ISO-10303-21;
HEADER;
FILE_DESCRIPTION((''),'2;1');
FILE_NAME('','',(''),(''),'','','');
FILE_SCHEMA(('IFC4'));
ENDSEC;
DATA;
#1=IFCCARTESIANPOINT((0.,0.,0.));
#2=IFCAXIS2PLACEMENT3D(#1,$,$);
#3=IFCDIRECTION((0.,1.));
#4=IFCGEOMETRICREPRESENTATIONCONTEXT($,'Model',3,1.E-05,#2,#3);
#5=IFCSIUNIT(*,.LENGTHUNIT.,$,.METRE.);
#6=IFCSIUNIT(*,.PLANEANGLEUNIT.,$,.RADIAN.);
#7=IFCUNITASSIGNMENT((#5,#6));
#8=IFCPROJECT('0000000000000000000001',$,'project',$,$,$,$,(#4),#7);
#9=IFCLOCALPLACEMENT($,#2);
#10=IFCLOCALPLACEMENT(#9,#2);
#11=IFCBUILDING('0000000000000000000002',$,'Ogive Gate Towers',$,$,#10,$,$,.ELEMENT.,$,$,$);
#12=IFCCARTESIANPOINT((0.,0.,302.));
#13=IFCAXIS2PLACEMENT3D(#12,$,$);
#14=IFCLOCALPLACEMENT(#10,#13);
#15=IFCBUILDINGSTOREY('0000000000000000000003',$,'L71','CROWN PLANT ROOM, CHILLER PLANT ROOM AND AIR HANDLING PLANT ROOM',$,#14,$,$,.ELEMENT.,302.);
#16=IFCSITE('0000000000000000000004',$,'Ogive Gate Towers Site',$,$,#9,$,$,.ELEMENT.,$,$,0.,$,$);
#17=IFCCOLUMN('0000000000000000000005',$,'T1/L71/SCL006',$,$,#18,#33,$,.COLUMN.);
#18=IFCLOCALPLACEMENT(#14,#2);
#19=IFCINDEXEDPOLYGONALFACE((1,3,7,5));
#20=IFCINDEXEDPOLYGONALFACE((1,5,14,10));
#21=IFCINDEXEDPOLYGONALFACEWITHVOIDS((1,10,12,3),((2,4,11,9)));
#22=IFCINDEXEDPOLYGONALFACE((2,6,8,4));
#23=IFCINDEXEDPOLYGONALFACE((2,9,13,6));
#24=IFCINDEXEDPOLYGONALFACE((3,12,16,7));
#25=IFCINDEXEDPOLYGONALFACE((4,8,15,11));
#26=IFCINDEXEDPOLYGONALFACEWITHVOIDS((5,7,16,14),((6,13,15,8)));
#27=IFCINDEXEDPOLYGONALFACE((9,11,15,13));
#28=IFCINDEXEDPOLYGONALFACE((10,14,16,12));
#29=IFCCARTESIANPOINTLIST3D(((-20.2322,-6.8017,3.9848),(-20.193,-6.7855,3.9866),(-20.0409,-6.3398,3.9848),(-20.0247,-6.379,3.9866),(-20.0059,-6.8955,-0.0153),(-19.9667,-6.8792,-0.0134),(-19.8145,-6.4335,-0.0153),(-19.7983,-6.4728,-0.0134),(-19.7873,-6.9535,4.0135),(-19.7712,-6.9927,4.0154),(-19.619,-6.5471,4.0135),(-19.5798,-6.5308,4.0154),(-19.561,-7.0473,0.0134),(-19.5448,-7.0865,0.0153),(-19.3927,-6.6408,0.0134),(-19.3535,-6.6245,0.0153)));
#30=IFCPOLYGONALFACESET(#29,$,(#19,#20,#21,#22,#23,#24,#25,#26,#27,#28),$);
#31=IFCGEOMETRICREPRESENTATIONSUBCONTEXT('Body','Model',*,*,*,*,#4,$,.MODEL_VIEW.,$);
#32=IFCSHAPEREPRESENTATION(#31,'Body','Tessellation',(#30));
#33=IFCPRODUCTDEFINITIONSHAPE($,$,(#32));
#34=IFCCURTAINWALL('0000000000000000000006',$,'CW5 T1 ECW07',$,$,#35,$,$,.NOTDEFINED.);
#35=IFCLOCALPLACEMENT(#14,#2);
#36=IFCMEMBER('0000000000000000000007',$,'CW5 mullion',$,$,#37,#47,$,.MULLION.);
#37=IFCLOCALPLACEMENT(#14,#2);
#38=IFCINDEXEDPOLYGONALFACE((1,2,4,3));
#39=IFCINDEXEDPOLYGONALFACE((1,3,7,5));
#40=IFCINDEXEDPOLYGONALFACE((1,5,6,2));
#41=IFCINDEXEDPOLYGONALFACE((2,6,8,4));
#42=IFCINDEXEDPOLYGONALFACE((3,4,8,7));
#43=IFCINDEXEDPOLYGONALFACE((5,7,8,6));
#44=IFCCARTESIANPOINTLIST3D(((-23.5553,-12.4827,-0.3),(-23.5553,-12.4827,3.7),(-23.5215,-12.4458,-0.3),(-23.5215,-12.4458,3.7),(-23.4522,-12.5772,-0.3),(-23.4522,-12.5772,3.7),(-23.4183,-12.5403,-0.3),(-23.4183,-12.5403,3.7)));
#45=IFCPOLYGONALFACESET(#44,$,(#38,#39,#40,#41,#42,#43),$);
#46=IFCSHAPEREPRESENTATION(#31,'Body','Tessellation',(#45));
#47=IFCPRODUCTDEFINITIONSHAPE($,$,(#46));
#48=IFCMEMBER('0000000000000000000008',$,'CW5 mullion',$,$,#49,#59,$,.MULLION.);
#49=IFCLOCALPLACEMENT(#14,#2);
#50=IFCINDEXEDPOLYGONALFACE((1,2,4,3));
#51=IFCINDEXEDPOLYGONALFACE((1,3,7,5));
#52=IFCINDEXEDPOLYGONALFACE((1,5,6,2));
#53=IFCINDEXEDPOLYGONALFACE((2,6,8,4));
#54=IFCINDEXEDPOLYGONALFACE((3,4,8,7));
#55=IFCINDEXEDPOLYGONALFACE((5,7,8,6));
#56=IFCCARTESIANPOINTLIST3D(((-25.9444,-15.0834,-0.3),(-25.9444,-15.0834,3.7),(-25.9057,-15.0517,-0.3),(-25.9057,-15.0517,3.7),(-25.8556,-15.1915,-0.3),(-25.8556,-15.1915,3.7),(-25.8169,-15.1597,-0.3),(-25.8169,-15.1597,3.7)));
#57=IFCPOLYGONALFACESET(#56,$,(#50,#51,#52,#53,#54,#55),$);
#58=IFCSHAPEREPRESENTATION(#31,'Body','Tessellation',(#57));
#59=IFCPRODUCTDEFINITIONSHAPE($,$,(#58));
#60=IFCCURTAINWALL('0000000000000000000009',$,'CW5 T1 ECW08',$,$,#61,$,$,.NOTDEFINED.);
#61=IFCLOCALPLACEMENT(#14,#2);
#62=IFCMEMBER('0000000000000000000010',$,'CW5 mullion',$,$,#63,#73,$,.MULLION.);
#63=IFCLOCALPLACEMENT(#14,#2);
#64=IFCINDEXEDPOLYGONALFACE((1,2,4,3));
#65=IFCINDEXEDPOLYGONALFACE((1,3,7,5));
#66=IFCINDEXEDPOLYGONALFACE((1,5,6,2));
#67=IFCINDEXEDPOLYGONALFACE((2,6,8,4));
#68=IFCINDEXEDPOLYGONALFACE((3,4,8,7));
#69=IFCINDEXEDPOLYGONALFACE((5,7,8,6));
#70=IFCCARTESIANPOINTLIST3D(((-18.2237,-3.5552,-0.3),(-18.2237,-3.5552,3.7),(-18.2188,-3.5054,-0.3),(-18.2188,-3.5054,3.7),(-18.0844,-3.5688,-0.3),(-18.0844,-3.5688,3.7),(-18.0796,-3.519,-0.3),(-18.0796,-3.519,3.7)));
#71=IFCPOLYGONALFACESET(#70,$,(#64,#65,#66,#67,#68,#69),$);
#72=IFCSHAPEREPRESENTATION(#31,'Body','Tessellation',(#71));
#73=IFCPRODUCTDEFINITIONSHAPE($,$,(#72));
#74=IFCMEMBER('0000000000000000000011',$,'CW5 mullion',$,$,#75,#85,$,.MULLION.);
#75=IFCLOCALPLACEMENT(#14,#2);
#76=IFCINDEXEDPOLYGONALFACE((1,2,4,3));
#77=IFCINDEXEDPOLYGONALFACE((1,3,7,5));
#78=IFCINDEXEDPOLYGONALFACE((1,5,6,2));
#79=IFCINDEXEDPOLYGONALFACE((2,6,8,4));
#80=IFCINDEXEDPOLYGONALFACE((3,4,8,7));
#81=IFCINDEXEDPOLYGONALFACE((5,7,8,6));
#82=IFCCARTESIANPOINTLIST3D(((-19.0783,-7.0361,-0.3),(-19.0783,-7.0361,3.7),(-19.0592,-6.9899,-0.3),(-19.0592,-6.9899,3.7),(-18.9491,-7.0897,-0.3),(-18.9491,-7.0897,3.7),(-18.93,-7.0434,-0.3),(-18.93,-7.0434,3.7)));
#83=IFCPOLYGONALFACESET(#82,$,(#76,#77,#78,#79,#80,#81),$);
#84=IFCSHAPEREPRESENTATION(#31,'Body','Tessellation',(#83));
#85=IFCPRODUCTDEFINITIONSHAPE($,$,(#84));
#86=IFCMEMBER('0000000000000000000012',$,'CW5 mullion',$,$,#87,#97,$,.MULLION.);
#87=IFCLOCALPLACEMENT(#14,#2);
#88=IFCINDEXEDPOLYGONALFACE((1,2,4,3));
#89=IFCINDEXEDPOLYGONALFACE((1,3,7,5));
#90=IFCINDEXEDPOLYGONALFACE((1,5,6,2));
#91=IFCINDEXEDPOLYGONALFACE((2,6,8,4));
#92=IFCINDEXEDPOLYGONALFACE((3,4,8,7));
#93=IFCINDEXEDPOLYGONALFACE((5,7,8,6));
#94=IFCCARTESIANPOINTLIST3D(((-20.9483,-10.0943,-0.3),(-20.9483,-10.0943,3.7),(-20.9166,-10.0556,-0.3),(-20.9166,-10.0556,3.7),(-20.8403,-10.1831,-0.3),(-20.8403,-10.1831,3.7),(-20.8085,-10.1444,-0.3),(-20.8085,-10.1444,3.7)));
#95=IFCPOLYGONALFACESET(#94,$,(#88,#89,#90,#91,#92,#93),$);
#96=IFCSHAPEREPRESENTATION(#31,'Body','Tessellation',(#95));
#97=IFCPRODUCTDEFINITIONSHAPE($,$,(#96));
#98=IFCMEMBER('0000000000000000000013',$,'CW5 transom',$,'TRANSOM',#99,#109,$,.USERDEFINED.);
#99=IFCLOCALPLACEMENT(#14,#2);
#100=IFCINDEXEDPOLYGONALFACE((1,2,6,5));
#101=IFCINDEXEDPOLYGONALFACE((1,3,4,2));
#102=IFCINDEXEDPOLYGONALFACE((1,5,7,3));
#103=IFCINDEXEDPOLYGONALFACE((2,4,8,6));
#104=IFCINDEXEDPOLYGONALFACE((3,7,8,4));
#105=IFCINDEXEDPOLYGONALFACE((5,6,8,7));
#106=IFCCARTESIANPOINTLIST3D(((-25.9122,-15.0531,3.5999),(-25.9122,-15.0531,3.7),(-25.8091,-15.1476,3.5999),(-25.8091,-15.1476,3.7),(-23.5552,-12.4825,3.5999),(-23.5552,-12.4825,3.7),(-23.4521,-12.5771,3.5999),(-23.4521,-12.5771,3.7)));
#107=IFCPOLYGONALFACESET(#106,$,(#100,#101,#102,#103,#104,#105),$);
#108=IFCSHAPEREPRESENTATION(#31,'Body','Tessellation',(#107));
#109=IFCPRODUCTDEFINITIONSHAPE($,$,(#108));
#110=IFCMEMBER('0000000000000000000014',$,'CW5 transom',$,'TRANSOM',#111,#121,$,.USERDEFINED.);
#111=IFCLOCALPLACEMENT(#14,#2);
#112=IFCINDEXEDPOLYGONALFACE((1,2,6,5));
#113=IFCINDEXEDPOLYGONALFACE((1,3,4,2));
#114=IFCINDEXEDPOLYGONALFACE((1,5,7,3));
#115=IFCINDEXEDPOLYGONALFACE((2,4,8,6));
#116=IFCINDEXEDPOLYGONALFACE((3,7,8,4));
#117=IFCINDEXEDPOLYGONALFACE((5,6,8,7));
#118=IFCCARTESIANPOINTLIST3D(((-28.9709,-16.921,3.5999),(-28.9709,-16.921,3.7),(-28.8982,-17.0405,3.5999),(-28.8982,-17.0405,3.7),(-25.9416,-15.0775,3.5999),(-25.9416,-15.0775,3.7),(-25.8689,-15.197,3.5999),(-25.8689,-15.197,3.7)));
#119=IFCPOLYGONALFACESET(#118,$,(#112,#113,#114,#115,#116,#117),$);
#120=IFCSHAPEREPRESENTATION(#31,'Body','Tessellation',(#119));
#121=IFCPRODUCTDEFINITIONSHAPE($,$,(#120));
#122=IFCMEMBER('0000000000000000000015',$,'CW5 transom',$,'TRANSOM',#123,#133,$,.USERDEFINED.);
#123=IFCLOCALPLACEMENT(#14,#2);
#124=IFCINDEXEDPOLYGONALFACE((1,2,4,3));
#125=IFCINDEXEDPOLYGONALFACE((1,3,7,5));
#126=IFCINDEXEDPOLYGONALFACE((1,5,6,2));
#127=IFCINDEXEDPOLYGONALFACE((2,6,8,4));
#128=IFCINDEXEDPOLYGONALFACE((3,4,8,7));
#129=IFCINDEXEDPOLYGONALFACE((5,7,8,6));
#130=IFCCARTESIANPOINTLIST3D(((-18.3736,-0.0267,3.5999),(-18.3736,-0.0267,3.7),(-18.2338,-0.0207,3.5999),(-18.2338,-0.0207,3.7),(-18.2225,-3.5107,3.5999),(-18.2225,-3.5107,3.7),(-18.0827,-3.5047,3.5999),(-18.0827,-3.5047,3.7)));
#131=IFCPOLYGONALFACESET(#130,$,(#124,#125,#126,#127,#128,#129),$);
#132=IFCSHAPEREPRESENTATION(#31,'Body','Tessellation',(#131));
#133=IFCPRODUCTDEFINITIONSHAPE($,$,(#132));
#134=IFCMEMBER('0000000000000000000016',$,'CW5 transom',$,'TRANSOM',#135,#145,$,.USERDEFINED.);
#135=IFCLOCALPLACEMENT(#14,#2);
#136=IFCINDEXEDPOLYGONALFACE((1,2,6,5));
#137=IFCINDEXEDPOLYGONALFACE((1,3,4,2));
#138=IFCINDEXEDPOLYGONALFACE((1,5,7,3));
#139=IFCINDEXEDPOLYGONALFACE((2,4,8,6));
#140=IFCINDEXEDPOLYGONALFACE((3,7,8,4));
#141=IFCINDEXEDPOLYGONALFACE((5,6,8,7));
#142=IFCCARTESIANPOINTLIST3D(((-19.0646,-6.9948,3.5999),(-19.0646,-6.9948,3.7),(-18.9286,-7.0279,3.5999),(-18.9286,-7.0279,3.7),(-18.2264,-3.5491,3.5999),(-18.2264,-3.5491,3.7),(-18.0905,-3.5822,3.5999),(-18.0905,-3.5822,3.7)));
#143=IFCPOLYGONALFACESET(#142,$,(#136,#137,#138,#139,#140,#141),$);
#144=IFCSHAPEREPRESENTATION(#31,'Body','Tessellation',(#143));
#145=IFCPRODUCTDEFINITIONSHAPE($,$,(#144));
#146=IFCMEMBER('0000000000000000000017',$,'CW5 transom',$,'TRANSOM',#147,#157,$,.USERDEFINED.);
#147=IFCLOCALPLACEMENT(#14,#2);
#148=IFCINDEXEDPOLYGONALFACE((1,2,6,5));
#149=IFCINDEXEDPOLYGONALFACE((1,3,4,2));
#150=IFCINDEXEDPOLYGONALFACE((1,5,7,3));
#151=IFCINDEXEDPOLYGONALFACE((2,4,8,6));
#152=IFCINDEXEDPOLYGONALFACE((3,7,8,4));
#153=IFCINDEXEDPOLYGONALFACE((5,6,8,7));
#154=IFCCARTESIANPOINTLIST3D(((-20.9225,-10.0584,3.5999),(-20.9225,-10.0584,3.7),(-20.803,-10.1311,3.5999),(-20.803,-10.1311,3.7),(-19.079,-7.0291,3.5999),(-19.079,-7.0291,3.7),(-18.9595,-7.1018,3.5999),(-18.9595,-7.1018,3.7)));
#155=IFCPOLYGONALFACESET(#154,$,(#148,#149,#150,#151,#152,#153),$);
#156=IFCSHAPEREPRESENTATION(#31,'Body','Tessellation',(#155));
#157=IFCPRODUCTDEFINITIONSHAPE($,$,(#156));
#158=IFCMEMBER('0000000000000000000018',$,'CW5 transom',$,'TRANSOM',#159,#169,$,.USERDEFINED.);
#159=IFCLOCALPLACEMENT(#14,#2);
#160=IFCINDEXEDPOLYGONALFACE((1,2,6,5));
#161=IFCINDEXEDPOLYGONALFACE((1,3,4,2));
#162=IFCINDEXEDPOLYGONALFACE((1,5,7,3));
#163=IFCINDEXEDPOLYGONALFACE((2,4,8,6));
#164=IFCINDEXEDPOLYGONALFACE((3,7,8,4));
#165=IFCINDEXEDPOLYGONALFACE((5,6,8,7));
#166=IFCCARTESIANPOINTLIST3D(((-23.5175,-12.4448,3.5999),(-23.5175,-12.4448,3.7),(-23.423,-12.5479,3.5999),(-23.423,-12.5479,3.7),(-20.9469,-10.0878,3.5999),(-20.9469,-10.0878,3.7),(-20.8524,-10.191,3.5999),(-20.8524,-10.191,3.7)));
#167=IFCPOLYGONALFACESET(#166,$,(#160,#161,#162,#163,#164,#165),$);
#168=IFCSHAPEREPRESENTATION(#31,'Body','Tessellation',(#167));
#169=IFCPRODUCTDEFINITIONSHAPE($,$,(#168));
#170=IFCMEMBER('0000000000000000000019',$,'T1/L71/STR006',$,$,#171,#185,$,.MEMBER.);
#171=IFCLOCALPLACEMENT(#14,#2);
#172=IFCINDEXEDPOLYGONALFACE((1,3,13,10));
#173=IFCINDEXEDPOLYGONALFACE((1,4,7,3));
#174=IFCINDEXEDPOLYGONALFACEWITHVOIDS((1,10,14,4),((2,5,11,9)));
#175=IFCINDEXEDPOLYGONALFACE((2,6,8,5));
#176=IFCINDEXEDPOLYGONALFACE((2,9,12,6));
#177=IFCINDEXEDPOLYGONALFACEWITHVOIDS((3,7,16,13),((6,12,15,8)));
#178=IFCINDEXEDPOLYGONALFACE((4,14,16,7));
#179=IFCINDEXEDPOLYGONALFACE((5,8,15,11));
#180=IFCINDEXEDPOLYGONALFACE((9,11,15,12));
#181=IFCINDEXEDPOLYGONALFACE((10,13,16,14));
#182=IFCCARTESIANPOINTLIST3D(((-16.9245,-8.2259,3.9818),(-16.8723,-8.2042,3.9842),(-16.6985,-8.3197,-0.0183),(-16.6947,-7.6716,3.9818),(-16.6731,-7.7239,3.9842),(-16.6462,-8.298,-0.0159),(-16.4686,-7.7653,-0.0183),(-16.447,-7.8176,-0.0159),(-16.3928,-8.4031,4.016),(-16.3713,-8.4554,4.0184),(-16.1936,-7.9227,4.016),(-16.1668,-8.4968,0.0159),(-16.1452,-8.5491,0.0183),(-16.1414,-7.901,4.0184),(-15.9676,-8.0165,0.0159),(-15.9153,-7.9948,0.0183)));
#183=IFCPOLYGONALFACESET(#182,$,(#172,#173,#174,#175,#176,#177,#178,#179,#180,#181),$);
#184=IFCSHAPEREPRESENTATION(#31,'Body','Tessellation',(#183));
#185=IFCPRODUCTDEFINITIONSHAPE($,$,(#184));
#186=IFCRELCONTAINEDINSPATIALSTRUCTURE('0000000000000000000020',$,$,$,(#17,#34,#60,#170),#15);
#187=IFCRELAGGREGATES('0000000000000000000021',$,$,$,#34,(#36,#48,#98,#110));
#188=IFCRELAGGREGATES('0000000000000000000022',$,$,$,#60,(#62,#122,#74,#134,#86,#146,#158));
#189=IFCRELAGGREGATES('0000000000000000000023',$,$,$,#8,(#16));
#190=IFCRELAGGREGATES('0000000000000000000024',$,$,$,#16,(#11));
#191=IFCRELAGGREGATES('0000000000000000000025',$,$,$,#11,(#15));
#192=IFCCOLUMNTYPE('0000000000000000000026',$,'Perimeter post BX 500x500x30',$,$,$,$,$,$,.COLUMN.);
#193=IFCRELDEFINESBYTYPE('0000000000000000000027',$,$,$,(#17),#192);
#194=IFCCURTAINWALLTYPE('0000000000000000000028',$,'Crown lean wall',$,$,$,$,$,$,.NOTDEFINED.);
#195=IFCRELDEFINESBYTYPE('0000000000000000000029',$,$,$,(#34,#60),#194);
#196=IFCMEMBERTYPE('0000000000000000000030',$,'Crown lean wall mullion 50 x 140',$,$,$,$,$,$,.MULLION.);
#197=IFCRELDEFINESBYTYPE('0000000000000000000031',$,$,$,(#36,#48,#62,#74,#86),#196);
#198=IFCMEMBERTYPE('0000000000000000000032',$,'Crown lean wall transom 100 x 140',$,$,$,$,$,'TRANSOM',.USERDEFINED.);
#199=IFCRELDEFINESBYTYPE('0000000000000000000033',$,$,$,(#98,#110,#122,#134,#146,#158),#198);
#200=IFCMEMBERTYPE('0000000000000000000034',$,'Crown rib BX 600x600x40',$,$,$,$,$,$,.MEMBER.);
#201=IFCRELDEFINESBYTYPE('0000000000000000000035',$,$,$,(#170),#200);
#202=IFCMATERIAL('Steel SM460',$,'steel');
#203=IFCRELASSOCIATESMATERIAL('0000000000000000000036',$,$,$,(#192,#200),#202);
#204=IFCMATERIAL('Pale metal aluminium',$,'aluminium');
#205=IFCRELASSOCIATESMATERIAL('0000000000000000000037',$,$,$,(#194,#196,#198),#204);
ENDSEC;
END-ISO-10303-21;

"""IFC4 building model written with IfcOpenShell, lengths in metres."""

from ifc_helpers import new_model, si_unit, direction, frame, origin, origin_2d, place, context, subcontext, project, spatial, rectangle, hollow_rectangle, extrude, material, material_profile, profile_set, type_object, element, aggregate, save


model = new_model("IFC4")

# Units and contexts
model_context = context("Model", 3, precision=1e-05, world=origin(), true_north=direction((0.0, 1.0)))
body_context = subcontext(model_context, "Body", "Model", "MODEL_VIEW")
ifc_project = project(units=[si_unit("LENGTHUNIT", "METRE"), si_unit("PLANEANGLEUNIT", "RADIAN")], contexts=[model_context])

# Site, building, storey
site_placement = place(None, origin())
site = spatial("IfcSite", under=ifc_project, at=site_placement, Name="Ogive Gate Towers Site", CompositionType="ELEMENT", RefElevation=0.0)
building_placement = place(site_placement, origin())
building = spatial("IfcBuilding", under=site, at=building_placement, Name="Ogive Gate Towers", CompositionType="ELEMENT")
storey_placement = place(building_placement, frame((0.0, 0.0, 302.0)))
storey = spatial("IfcBuildingStorey", under=building, at=storey_placement, Name="L71", Description="CROWN PLANT ROOM, CHILLER PLANT ROOM AND AIR HANDLING PLANT ROOM", CompositionType="ELEMENT", Elevation=302.0)

# Column
ifc_material_1 = material(Name="Steel SM460", Category="steel")
ifc_material_profile_1 = material_profile(ifc_material_1, hollow_rectangle(XDim=0.5, YDim=0.5, WallThickness=0.03, at=origin_2d()), Name="BX 500x500x30")
ifc_profile_set_1 = profile_set([ifc_material_profile_1], Name="Steel SM460")
column_type = type_object("IfcColumnType", Name="Perimeter post BX 500x500x30", PredefinedType="COLUMN", material=ifc_profile_set_1)
column_placement = place(storey_placement, frame((-19.6797, -6.76, 0.0), z_axis=(-0.056474, 0.023394, 0.99813), x_axis=(-0.382704, -0.923871, 0.0)))
element("IfcColumn", 1, at=column_placement, inside=storey, type_object=column_type, Name="T1/L71/SCL006", PredefinedType="COLUMN", context=body_context, shape_type="SweptSolid", body=[
    extrude(hollow_rectangle(XDim=0.5, YDim=0.5, WallThickness=0.03, at=origin_2d()), origin(), (0.0, 0.0, 1.0), 4.0076),
])

# Curtain walls, members
ifc_material_2 = material(Name="Pale metal aluminium", Category="aluminium")
curtain_wall_type = type_object("IfcCurtainWallType", Name="Crown lean wall", PredefinedType="NOTDEFINED", material=ifc_material_2)
curtain_wall_1_placement = place(storey_placement, origin())
curtain_wall_1 = element("IfcCurtainWall", 2, at=curtain_wall_1_placement, inside=storey, type_object=curtain_wall_type, Name="CW5 T1 ECW07", PredefinedType="NOTDEFINED")
ifc_material_profile_2 = material_profile(ifc_material_2, rectangle(XDim=0.1399, YDim=0.05, at=origin_2d()), Name="50 x 140 aluminium box")
ifc_profile_set_2 = profile_set([ifc_material_profile_2], Name="Pale metal aluminium")
member_type_1 = type_object("IfcMemberType", Name="Crown lean wall mullion 50 x 140", PredefinedType="MULLION", material=ifc_profile_set_2)
member_1_placement = place(storey_placement, frame((-23.4868, -12.5115, -0.3), z_axis=(0.0, 0.0, 1.0), x_axis=(-0.737089, 0.675796, 0.0)))
member_1 = element("IfcMember", 3, at=member_1_placement, type_object=member_type_1, Name="CW5 mullion", PredefinedType="MULLION", context=body_context, shape_type="SweptSolid", body=[
    extrude(rectangle(XDim=0.1399, YDim=0.05, at=origin_2d()), origin(), (0.0, 0.0, 1.0), 4.0),
])
member_2_placement = place(storey_placement, frame((-25.8806, -15.1216, -0.3), z_axis=(0.0, 0.0, 1.0), x_axis=(-0.634784, 0.772689, 0.0)))
member_2 = element("IfcMember", 4, at=member_2_placement, type_object=member_type_1, Name="CW5 mullion", PredefinedType="MULLION", context=body_context, shape_type="SweptSolid", body=[
    extrude(rectangle(XDim=0.1399, YDim=0.05, at=origin_2d()), origin(), (0.0, 0.0, 1.0), 4.0),
])
curtain_wall_2_placement = place(storey_placement, origin())
curtain_wall_2 = element("IfcCurtainWall", 5, at=curtain_wall_2_placement, inside=storey, type_object=curtain_wall_type, Name="CW5 T1 ECW08", PredefinedType="NOTDEFINED")
member_3_placement = place(storey_placement, frame((-18.1516, -3.5371, -0.3), z_axis=(0.0, 0.0, 1.0), x_axis=(-0.995234, 0.097513, 0.0)))
member_3 = element("IfcMember", 6, at=member_3_placement, type_object=member_type_1, Name="CW5 mullion", PredefinedType="MULLION", context=body_context, shape_type="SweptSolid", body=[
    extrude(rectangle(XDim=0.1399, YDim=0.05, at=origin_2d()), origin(), (0.0, 0.0, 1.0), 4.0),
])
member_4_placement = place(storey_placement, frame((-19.0042, -7.0398, -0.3), z_axis=(0.0, 0.0, 1.0), x_axis=(-0.92388, 0.382683, 0.0)))
member_4 = element("IfcMember", 7, at=member_4_placement, type_object=member_type_1, Name="CW5 mullion", PredefinedType="MULLION", context=body_context, shape_type="SweptSolid", body=[
    extrude(rectangle(XDim=0.1399, YDim=0.05, at=origin_2d()), origin(), (0.0, 0.0, 1.0), 4.0),
])
member_5_placement = place(storey_placement, frame((-20.8784, -10.1194, -0.3), z_axis=(0.0, 0.0, 1.0), x_axis=(-0.772689, 0.634784, 0.0)))
member_5 = element("IfcMember", 8, at=member_5_placement, type_object=member_type_1, Name="CW5 mullion", PredefinedType="MULLION", context=body_context, shape_type="SweptSolid", body=[
    extrude(rectangle(XDim=0.1399, YDim=0.05, at=origin_2d()), origin(), (0.0, 0.0, 1.0), 4.0),
])

# Members
ifc_material_profile_3 = material_profile(ifc_material_2, rectangle(XDim=0.1399, YDim=0.1001, at=origin_2d()), Name="100 x 140 aluminium box")
ifc_profile_set_3 = profile_set([ifc_material_profile_3], Name="Pale metal aluminium")
member_type_2 = type_object("IfcMemberType", Name="Crown lean wall transom 100 x 140", ElementType="TRANSOM", PredefinedType="USERDEFINED", material=ifc_profile_set_3)
member_6_placement = place(storey_placement, frame((-23.5037, -12.5298, 3.6499), z_axis=(-0.675817, -0.73707, 0.0), x_axis=(0.73707, -0.675817, 0.0)))
member_6 = element("IfcMember", 9, at=member_6_placement, type_object=member_type_2, Name="CW5 transom", ObjectType="TRANSOM", PredefinedType="USERDEFINED", context=body_context, shape_type="SweptSolid", body=[
    extrude(rectangle(XDim=0.1399, YDim=0.1001, at=origin_2d()), origin(), (0.0, 0.0, 1.0), 3.4875),
])
member_7_placement = place(storey_placement, frame((-25.9053, -15.1372, 3.6499), z_axis=(-0.85425, -0.519862, 0.0), x_axis=(0.519862, -0.85425, 0.0)))
member_7 = element("IfcMember", 10, at=member_7_placement, type_object=member_type_2, Name="CW5 transom", ObjectType="TRANSOM", PredefinedType="USERDEFINED", context=body_context, shape_type="SweptSolid", body=[
    extrude(rectangle(XDim=0.1399, YDim=0.1001, at=origin_2d()), origin(), (0.0, 0.0, 1.0), 3.5461),
])
member_8_placement = place(storey_placement, frame((-18.3037, -0.0237, 3.6499), z_axis=(0.043334, -0.999061, 0.0), x_axis=(0.999061, 0.043334, 0.0)))
member_8 = element("IfcMember", 11, at=member_8_placement, type_object=member_type_2, Name="CW5 transom", ObjectType="TRANSOM", PredefinedType="USERDEFINED", context=body_context, shape_type="SweptSolid", body=[
    extrude(rectangle(XDim=0.1399, YDim=0.1001, at=origin_2d()), origin(), (0.0, 0.0, 1.0), 3.4873),
])
member_9_placement = place(storey_placement, frame((-18.1584, -3.5657, 3.6499), z_axis=(-0.236359, -0.971666, 0.0), x_axis=(0.971666, -0.236359, 0.0)))
member_9 = element("IfcMember", 12, at=member_9_placement, type_object=member_type_2, Name="CW5 transom", ObjectType="TRANSOM", PredefinedType="USERDEFINED", context=body_context, shape_type="SweptSolid", body=[
    extrude(rectangle(XDim=0.1399, YDim=0.1001, at=origin_2d()), origin(), (0.0, 0.0, 1.0), 3.5461),
])
member_10_placement = place(storey_placement, frame((-19.0193, -7.0654, 3.6499), z_axis=(-0.519862, -0.85425, 0.0), x_axis=(0.85425, -0.519862, 0.0)))
member_10 = element("IfcMember", 13, at=member_10_placement, type_object=member_type_2, Name="CW5 transom", ObjectType="TRANSOM", PredefinedType="USERDEFINED", context=body_context, shape_type="SweptSolid", body=[
    extrude(rectangle(XDim=0.1399, YDim=0.1001, at=origin_2d()), origin(), (0.0, 0.0, 1.0), 3.5461),
])
member_11_placement = place(storey_placement, frame((-20.8997, -10.1394, 3.6499), z_axis=(-0.73707, -0.675817, 0.0), x_axis=(0.675817, -0.73707, 0.0)))
member_11 = element("IfcMember", 14, at=member_11_placement, type_object=member_type_2, Name="CW5 transom", ObjectType="TRANSOM", PredefinedType="USERDEFINED", context=body_context, shape_type="SweptSolid", body=[
    extrude(rectangle(XDim=0.1399, YDim=0.1001, at=origin_2d()), origin(), (0.0, 0.0, 1.0), 3.4875),
])
ifc_material_profile_4 = material_profile(ifc_material_1, hollow_rectangle(XDim=0.6001, YDim=0.6001, WallThickness=0.04, at=origin_2d()), Name="BX 600x600x40")
ifc_profile_set_4 = profile_set([ifc_material_profile_4], Name="Steel SM460")
member_type_3 = type_object("IfcMemberType", Name="Crown rib BX 600x600x40", PredefinedType="MEMBER", material=ifc_profile_set_4)
member_12_placement = place(storey_placement, frame((-16.3069, -8.1572, 0.0), z_axis=(-0.056413, 0.023394, 0.998133), x_axis=(-0.383057, -0.923725, 0.0)))
element("IfcMember", 15, at=member_12_placement, inside=storey, type_object=member_type_3, Name="T1/L71/STR006", PredefinedType="MEMBER", context=body_context, shape_type="SweptSolid", body=[
    extrude(hollow_rectangle(XDim=0.6001, YDim=0.6001, WallThickness=0.04, at=origin_2d()), origin(), (0.0, 0.0, 1.0), 4.0076),
])

aggregate(curtain_wall_1, [member_1, member_2, member_6, member_7])
aggregate(curtain_wall_2, [member_3, member_8, member_4, member_9, member_5, member_10, member_11])

save(model, "model.ifc")
